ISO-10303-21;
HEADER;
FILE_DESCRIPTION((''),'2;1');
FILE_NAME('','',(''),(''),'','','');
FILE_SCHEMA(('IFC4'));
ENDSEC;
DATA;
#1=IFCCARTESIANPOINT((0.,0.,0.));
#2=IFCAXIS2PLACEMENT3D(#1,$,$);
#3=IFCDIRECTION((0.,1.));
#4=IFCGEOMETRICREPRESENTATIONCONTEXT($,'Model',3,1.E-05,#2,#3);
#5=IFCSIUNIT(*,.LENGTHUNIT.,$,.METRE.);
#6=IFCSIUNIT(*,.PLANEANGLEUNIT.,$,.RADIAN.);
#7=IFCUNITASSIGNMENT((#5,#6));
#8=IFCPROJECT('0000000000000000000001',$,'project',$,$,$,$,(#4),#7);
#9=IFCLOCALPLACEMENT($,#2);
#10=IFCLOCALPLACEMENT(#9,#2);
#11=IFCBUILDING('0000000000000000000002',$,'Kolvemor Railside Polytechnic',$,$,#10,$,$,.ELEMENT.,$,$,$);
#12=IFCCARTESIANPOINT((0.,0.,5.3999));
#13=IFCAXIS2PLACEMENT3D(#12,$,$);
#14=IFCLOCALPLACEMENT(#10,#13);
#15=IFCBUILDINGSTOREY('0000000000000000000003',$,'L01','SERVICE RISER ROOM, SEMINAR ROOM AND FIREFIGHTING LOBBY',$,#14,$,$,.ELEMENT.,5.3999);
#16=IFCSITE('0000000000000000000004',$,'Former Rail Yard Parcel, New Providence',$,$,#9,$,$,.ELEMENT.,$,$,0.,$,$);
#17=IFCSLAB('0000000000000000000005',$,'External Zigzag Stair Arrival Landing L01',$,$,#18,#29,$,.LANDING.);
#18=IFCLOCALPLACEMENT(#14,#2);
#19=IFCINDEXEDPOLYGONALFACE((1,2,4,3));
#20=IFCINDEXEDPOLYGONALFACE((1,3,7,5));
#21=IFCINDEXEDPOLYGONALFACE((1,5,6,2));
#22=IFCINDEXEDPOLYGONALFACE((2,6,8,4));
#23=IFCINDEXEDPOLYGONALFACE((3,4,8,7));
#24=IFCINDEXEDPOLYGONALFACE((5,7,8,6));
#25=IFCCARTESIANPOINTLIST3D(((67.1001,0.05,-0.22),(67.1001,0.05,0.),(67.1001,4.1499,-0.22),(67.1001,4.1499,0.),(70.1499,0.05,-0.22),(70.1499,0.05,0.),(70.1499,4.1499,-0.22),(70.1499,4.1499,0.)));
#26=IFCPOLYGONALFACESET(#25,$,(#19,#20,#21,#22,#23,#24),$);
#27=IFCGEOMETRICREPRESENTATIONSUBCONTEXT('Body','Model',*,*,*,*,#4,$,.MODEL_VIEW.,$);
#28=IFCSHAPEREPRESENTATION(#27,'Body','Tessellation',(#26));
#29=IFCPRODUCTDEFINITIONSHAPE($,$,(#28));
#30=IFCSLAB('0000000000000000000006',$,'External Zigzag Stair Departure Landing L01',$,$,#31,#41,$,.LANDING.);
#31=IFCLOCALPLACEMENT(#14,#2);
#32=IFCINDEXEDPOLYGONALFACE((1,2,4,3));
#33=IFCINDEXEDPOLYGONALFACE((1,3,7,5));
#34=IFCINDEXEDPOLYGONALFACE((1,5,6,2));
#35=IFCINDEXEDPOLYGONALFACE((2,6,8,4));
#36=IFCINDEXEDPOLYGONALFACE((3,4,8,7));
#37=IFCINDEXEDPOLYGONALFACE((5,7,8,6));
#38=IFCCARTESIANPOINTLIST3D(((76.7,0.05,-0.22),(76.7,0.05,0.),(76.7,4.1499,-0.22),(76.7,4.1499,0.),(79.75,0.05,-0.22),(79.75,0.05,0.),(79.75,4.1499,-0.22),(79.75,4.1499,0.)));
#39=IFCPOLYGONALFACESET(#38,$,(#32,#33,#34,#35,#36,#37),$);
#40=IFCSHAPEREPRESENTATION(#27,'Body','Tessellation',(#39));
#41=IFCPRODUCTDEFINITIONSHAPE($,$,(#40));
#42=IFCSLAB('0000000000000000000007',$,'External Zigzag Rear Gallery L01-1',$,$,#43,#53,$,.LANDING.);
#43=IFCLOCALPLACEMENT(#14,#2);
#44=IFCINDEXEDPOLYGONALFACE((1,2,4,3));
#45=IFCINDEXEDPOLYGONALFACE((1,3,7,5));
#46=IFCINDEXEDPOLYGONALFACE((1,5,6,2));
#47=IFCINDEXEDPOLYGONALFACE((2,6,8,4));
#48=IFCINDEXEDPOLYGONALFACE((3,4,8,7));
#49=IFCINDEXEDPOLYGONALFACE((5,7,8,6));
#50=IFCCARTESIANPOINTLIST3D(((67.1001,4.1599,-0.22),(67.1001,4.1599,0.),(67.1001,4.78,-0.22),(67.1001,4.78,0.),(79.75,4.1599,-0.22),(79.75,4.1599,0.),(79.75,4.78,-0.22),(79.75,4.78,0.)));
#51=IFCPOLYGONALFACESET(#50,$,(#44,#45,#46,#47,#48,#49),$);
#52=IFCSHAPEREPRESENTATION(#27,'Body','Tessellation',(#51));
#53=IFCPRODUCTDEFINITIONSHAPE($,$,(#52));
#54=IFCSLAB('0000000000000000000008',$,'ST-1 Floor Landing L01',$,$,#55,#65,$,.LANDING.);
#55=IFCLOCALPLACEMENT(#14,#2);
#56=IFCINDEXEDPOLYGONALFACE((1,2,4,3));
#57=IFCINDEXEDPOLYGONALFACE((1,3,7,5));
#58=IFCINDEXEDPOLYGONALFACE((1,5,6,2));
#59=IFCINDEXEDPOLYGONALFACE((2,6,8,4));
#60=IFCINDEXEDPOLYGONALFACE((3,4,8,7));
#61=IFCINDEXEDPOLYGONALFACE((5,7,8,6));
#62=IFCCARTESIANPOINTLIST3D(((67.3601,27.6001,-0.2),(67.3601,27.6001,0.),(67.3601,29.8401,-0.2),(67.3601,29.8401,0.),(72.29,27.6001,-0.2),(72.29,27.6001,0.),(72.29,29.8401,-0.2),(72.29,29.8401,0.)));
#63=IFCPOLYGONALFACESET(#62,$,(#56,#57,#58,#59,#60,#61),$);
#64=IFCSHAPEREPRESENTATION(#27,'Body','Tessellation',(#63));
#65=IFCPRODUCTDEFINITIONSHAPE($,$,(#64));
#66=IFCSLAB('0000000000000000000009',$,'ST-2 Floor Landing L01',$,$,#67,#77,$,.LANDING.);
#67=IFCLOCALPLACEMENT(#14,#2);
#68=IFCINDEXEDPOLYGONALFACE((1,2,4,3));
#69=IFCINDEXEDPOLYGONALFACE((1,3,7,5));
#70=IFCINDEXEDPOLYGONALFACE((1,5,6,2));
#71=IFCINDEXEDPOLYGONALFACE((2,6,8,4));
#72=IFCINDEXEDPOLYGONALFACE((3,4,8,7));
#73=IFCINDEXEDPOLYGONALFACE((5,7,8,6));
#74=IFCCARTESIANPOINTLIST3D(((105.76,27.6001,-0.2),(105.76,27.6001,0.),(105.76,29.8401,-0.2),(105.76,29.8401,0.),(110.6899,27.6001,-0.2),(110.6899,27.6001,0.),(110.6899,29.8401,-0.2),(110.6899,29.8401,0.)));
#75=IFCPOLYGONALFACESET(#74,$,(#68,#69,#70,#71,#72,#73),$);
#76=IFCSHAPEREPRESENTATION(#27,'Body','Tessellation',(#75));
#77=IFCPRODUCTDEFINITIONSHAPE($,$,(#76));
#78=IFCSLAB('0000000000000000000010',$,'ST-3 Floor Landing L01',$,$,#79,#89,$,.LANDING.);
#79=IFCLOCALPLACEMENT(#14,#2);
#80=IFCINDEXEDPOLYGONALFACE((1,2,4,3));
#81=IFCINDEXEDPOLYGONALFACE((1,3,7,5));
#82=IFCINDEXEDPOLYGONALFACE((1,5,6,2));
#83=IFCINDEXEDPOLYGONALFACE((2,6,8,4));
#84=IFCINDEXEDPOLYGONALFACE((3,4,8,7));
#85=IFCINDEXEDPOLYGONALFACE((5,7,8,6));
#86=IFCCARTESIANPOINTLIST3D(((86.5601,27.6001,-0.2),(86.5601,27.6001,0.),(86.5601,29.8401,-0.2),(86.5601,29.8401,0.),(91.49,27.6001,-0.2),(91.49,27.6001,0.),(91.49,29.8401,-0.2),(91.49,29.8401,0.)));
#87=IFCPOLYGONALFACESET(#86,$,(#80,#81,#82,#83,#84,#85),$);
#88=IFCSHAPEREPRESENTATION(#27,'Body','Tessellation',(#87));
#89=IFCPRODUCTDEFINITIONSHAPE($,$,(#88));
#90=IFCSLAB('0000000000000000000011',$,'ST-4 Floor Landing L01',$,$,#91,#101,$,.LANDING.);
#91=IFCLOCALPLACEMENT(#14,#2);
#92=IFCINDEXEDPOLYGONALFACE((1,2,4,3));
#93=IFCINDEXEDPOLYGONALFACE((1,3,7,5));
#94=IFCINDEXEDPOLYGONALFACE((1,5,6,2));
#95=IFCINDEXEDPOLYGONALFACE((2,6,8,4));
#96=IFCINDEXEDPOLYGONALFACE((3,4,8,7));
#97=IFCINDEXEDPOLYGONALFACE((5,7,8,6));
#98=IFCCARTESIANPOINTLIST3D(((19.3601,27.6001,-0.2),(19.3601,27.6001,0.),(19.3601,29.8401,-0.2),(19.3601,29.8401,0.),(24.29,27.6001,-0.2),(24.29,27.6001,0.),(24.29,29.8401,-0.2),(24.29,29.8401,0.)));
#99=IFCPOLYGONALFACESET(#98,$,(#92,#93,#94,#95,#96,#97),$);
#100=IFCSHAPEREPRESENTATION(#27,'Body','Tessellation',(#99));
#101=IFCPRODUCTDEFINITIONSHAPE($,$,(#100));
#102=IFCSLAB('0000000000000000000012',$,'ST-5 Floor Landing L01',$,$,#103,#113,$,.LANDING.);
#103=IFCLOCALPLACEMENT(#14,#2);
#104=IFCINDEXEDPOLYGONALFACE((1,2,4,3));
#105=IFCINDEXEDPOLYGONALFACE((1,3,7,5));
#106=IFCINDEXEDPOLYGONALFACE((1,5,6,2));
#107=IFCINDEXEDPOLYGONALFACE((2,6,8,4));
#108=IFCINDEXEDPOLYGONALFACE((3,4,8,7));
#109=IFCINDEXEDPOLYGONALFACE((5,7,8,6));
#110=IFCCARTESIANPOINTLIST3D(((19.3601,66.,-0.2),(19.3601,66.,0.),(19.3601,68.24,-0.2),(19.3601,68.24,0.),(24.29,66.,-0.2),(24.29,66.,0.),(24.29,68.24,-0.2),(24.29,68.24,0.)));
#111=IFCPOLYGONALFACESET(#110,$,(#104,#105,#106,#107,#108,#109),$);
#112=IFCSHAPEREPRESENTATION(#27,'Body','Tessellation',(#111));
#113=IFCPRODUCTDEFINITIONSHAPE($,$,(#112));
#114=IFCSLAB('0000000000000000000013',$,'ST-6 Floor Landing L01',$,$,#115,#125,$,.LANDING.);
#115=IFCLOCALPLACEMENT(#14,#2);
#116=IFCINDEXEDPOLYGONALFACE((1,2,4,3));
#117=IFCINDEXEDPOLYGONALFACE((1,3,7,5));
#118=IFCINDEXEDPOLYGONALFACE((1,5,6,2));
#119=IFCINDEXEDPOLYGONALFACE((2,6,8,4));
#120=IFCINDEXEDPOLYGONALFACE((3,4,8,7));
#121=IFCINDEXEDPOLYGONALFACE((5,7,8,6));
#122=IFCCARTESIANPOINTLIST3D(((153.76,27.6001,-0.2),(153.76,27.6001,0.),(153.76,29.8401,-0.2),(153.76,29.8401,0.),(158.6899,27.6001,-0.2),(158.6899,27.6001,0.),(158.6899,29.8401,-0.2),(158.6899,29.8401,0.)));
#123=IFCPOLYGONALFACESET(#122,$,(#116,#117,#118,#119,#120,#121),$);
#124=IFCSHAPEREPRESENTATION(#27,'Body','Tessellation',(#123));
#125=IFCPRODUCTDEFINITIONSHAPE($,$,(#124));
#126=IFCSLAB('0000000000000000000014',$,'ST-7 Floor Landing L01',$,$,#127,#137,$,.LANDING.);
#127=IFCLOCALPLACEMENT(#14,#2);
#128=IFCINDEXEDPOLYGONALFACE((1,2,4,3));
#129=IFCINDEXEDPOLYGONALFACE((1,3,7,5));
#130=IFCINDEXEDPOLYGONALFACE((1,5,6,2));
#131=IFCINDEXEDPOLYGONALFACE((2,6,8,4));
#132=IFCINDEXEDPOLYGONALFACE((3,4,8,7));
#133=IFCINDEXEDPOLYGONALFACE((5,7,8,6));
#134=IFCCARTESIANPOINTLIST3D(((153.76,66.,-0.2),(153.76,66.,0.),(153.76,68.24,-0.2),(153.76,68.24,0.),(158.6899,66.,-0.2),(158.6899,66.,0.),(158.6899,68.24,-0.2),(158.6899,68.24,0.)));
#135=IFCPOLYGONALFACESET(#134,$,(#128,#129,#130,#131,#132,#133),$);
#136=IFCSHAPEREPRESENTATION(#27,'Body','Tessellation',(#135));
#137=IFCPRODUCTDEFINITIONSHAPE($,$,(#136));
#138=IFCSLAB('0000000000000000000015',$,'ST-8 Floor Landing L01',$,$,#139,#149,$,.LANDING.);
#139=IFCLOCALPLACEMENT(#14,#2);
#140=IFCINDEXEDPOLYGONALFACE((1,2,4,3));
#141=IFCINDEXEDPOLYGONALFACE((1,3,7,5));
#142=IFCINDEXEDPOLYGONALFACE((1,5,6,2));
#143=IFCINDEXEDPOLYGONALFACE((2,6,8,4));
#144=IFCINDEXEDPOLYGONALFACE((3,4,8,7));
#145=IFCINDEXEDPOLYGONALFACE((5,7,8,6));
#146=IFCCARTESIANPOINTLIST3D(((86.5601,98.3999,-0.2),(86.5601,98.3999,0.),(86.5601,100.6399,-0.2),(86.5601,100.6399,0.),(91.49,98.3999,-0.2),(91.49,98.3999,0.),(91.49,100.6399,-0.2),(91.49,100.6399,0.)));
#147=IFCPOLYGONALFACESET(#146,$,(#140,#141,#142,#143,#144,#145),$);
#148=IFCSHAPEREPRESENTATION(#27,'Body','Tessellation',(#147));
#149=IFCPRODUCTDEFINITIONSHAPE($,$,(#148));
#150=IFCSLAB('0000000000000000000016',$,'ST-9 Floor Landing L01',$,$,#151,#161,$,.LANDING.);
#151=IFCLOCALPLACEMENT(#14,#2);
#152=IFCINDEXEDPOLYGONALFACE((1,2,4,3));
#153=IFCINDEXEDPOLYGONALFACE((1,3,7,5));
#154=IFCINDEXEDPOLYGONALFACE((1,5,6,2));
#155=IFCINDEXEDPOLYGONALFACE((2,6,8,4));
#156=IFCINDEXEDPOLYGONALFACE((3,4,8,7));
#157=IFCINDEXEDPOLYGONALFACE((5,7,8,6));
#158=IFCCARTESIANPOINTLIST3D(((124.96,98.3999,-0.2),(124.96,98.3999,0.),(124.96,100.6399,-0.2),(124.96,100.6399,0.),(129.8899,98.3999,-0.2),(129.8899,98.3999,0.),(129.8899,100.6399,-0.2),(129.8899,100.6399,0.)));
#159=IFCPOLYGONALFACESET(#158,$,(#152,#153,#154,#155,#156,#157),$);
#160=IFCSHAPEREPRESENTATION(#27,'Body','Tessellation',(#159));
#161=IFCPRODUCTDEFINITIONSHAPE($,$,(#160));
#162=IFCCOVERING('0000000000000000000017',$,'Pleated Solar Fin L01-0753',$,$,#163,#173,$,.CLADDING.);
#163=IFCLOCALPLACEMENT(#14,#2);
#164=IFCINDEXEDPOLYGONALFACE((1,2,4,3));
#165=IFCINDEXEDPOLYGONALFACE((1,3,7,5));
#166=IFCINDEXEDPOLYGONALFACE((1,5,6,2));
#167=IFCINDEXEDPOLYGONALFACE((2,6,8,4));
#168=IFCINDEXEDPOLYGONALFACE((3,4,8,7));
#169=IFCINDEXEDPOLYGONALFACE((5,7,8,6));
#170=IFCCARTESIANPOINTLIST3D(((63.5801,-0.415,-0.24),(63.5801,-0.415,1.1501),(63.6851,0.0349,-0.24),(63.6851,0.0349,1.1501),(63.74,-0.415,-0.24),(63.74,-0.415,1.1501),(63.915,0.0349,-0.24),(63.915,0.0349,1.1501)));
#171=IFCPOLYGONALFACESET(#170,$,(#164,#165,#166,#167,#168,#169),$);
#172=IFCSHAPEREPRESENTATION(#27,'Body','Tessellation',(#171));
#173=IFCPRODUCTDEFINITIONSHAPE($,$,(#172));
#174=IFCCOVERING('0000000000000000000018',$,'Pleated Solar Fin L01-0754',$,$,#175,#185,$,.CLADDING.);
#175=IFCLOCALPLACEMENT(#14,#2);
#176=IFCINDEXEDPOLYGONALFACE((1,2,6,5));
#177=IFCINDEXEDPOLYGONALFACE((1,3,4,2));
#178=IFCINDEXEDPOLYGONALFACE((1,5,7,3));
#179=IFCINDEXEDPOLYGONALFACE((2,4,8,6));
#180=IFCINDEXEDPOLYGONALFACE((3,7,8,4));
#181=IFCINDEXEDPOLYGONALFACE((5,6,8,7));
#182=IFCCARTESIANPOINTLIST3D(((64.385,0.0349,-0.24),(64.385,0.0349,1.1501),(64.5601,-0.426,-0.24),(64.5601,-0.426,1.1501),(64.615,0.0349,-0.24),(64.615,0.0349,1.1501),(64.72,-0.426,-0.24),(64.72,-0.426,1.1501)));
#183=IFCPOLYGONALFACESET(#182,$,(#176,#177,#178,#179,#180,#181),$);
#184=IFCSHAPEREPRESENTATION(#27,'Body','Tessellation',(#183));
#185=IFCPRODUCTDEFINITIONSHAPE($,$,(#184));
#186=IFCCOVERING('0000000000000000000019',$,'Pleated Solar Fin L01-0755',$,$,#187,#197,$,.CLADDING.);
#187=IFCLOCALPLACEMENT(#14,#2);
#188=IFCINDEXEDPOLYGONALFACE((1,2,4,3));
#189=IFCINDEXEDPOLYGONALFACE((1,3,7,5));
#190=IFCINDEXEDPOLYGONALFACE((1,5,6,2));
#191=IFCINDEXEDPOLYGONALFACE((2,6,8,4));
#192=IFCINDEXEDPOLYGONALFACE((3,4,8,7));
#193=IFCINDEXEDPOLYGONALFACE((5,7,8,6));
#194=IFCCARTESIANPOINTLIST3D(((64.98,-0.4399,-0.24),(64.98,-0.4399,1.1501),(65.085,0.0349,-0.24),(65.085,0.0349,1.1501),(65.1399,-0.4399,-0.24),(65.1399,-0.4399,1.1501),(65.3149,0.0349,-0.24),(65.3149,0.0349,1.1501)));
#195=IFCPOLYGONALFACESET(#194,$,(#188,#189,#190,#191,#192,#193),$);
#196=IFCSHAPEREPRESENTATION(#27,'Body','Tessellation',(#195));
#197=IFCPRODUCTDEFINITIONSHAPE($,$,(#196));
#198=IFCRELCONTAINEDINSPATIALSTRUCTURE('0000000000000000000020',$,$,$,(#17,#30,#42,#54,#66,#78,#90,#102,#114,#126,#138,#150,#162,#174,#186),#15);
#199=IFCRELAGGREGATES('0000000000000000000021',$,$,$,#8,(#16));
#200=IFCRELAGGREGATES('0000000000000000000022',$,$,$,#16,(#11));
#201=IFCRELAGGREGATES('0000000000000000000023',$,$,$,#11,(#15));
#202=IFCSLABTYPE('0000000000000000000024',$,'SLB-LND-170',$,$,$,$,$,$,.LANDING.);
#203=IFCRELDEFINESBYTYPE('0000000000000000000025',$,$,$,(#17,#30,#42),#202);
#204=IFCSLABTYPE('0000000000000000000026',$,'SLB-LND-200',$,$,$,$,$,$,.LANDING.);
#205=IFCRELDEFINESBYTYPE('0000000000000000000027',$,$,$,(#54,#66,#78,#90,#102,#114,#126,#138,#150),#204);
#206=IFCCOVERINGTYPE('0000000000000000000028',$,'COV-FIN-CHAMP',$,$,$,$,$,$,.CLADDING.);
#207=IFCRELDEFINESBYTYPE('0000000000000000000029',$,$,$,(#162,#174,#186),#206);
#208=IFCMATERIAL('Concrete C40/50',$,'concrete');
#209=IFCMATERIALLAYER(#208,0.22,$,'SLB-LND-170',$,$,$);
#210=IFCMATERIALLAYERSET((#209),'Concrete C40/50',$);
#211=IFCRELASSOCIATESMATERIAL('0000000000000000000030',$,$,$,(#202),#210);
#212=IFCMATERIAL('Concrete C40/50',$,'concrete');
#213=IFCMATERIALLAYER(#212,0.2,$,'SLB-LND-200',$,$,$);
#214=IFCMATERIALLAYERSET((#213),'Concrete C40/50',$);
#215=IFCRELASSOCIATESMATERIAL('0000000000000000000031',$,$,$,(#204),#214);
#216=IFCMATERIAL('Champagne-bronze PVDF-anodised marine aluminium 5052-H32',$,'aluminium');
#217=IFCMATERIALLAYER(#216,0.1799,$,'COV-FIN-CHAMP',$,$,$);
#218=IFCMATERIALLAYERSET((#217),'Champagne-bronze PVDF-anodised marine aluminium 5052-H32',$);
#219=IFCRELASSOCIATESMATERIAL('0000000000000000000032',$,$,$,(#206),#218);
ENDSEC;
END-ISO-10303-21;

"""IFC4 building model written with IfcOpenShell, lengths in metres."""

from ifc_helpers import new_model, si_unit, direction, frame, origin, place, context, subcontext, project, spatial, polyline, outline, extrude, material, layer, layer_set, type_object, element, save


model = new_model("IFC4")

# Units and contexts
model_context = context("Model", 3, precision=1e-05, world=origin(), true_north=direction((0.0, 1.0)))
body_context = subcontext(model_context, "Body", "Model", "MODEL_VIEW")
ifc_project = project(units=[si_unit("LENGTHUNIT", "METRE"), si_unit("PLANEANGLEUNIT", "RADIAN")], contexts=[model_context])

# Site, building, storey
site_placement = place(None, origin())
site = spatial("IfcSite", under=ifc_project, at=site_placement, Name="Former Rail Yard Parcel, New Providence", CompositionType="ELEMENT", RefElevation=0.0)
building_placement = place(site_placement, origin())
building = spatial("IfcBuilding", under=site, at=building_placement, Name="Kolvemor Railside Polytechnic", CompositionType="ELEMENT")
storey_placement = place(building_placement, frame((0.0, 0.0, 5.3999)))
storey = spatial("IfcBuildingStorey", under=building, at=storey_placement, Name="L01", Description="SERVICE RISER ROOM, SEMINAR ROOM AND FIREFIGHTING LOBBY", CompositionType="ELEMENT", Elevation=5.3999)

# Slabs
ifc_material_1 = material(Name="Concrete C40/50", Category="concrete")
ifc_layer_1 = layer(ifc_material_1, 0.22, Name="SLB-LND-170")
ifc_layer_set_1 = layer_set([ifc_layer_1], Name="Concrete C40/50")
slab_type_1 = type_object("IfcSlabType", Name="SLB-LND-170", PredefinedType="LANDING", material=ifc_layer_set_1)
slab_1_placement = place(storey_placement, frame((0.0, 0.0, -0.22)))
element("IfcSlab", 1, at=slab_1_placement, inside=storey, type_object=slab_type_1, Name="External Zigzag Stair Arrival Landing L01", PredefinedType="LANDING", context=body_context, shape_type="SweptSolid", body=[
    extrude(outline(polyline([(67.1001, 0.05), (70.1499, 0.05), (70.1499, 4.1499), (67.1001, 4.1499), (67.1001, 0.05)])), origin(), (0.0, 0.0, 1.0), 0.22),
])
slab_2_placement = place(storey_placement, frame((0.0, 0.0, -0.22)))
element("IfcSlab", 2, at=slab_2_placement, inside=storey, type_object=slab_type_1, Name="External Zigzag Stair Departure Landing L01", PredefinedType="LANDING", context=body_context, shape_type="SweptSolid", body=[
    extrude(outline(polyline([(76.7, 0.05), (79.75, 0.05), (79.75, 4.1499), (76.7, 4.1499), (76.7, 0.05)])), origin(), (0.0, 0.0, 1.0), 0.22),
])
slab_3_placement = place(storey_placement, frame((0.0, 0.0, -0.22)))
element("IfcSlab", 3, at=slab_3_placement, inside=storey, type_object=slab_type_1, Name="External Zigzag Rear Gallery L01-1", PredefinedType="LANDING", context=body_context, shape_type="SweptSolid", body=[
    extrude(outline(polyline([(67.1001, 4.1599), (79.75, 4.1599), (79.75, 4.78), (67.1001, 4.78), (67.1001, 4.1599)])), origin(), (0.0, 0.0, 1.0), 0.22),
])
ifc_material_2 = material(Name="Concrete C40/50", Category="concrete")
ifc_layer_2 = layer(ifc_material_2, 0.2, Name="SLB-LND-200")
ifc_layer_set_2 = layer_set([ifc_layer_2], Name="Concrete C40/50")
slab_type_2 = type_object("IfcSlabType", Name="SLB-LND-200", PredefinedType="LANDING", material=ifc_layer_set_2)
slab_4_placement = place(storey_placement, frame((0.0, 0.0, -0.2)))
element("IfcSlab", 4, at=slab_4_placement, inside=storey, type_object=slab_type_2, Name="ST-1 Floor Landing L01", PredefinedType="LANDING", context=body_context, shape_type="SweptSolid", body=[
    extrude(outline(polyline([(67.3601, 27.6001), (72.29, 27.6001), (72.29, 29.8401), (67.3601, 29.8401), (67.3601, 27.6001)])), origin(), (0.0, 0.0, 1.0), 0.2),
])
slab_5_placement = place(storey_placement, frame((0.0, 0.0, -0.2)))
element("IfcSlab", 5, at=slab_5_placement, inside=storey, type_object=slab_type_2, Name="ST-2 Floor Landing L01", PredefinedType="LANDING", context=body_context, shape_type="SweptSolid", body=[
    extrude(outline(polyline([(105.76, 27.6001), (110.6899, 27.6001), (110.6899, 29.8401), (105.76, 29.8401), (105.76, 27.6001)])), origin(), (0.0, 0.0, 1.0), 0.2),
])
slab_6_placement = place(storey_placement, frame((0.0, 0.0, -0.2)))
element("IfcSlab", 6, at=slab_6_placement, inside=storey, type_object=slab_type_2, Name="ST-3 Floor Landing L01", PredefinedType="LANDING", context=body_context, shape_type="SweptSolid", body=[
    extrude(outline(polyline([(86.5601, 27.6001), (91.49, 27.6001), (91.49, 29.8401), (86.5601, 29.8401), (86.5601, 27.6001)])), origin(), (0.0, 0.0, 1.0), 0.2),
])
slab_7_placement = place(storey_placement, frame((0.0, 0.0, -0.2)))
element("IfcSlab", 7, at=slab_7_placement, inside=storey, type_object=slab_type_2, Name="ST-4 Floor Landing L01", PredefinedType="LANDING", context=body_context, shape_type="SweptSolid", body=[
    extrude(outline(polyline([(19.3601, 27.6001), (24.29, 27.6001), (24.29, 29.8401), (19.3601, 29.8401), (19.3601, 27.6001)])), origin(), (0.0, 0.0, 1.0), 0.2),
])
slab_8_placement = place(storey_placement, frame((0.0, 0.0, -0.2)))
element("IfcSlab", 8, at=slab_8_placement, inside=storey, type_object=slab_type_2, Name="ST-5 Floor Landing L01", PredefinedType="LANDING", context=body_context, shape_type="SweptSolid", body=[
    extrude(outline(polyline([(19.3601, 66.0), (24.29, 66.0), (24.29, 68.24), (19.3601, 68.24), (19.3601, 66.0)])), origin(), (0.0, 0.0, 1.0), 0.2),
])
slab_9_placement = place(storey_placement, frame((0.0, 0.0, -0.2)))
element("IfcSlab", 9, at=slab_9_placement, inside=storey, type_object=slab_type_2, Name="ST-6 Floor Landing L01", PredefinedType="LANDING", context=body_context, shape_type="SweptSolid", body=[
    extrude(outline(polyline([(153.76, 27.6001), (158.6899, 27.6001), (158.6899, 29.8401), (153.76, 29.8401), (153.76, 27.6001)])), origin(), (0.0, 0.0, 1.0), 0.2),
])
slab_10_placement = place(storey_placement, frame((0.0, 0.0, -0.2)))
element("IfcSlab", 10, at=slab_10_placement, inside=storey, type_object=slab_type_2, Name="ST-7 Floor Landing L01", PredefinedType="LANDING", context=body_context, shape_type="SweptSolid", body=[
    extrude(outline(polyline([(153.76, 66.0), (158.6899, 66.0), (158.6899, 68.24), (153.76, 68.24), (153.76, 66.0)])), origin(), (0.0, 0.0, 1.0), 0.2),
])
slab_11_placement = place(storey_placement, frame((0.0, 0.0, -0.2)))
element("IfcSlab", 11, at=slab_11_placement, inside=storey, type_object=slab_type_2, Name="ST-8 Floor Landing L01", PredefinedType="LANDING", context=body_context, shape_type="SweptSolid", body=[
    extrude(outline(polyline([(86.5601, 98.3999), (91.49, 98.3999), (91.49, 100.6399), (86.5601, 100.6399), (86.5601, 98.3999)])), origin(), (0.0, 0.0, 1.0), 0.2),
])
slab_12_placement = place(storey_placement, frame((0.0, 0.0, -0.2)))
element("IfcSlab", 12, at=slab_12_placement, inside=storey, type_object=slab_type_2, Name="ST-9 Floor Landing L01", PredefinedType="LANDING", context=body_context, shape_type="SweptSolid", body=[
    extrude(outline(polyline([(124.96, 98.3999), (129.8899, 98.3999), (129.8899, 100.6399), (124.96, 100.6399), (124.96, 98.3999)])), origin(), (0.0, 0.0, 1.0), 0.2),
])

# Coverings
ifc_material_3 = material(Name="Champagne-bronze PVDF-anodised marine aluminium 5052-H32", Category="aluminium")
ifc_layer_3 = layer(ifc_material_3, 0.1799, Name="COV-FIN-CHAMP")
ifc_layer_set_3 = layer_set([ifc_layer_3], Name="Champagne-bronze PVDF-anodised marine aluminium 5052-H32")
covering_type_1 = type_object("IfcCoveringType", Name="COV-FIN-CHAMP", PredefinedType="CLADDING", material=ifc_layer_set_3)
covering_1_placement = place(storey_placement, frame((0.0, 0.0, -0.24)))
element("IfcCovering", 13, at=covering_1_placement, inside=storey, type_object=covering_type_1, Name="Pleated Solar Fin L01-0753", PredefinedType="CLADDING", context=body_context, shape_type="SweptSolid", body=[
    extrude(outline(polyline([(63.6851, 0.0349), (63.915, 0.0349), (63.74, -0.415), (63.5801, -0.415), (63.6851, 0.0349)])), origin(), (0.0, 0.0, 1.0), 1.3901),
])
covering_2_placement = place(storey_placement, frame((0.0, 0.0, -0.24)))
element("IfcCovering", 14, at=covering_2_placement, inside=storey, type_object=covering_type_1, Name="Pleated Solar Fin L01-0754", PredefinedType="CLADDING", context=body_context, shape_type="SweptSolid", body=[
    extrude(outline(polyline([(64.385, 0.0349), (64.615, 0.0349), (64.72, -0.426), (64.5601, -0.426), (64.385, 0.0349)])), origin(), (0.0, 0.0, 1.0), 1.3901),
])
covering_3_placement = place(storey_placement, frame((0.0, 0.0, -0.24)))
element("IfcCovering", 15, at=covering_3_placement, inside=storey, type_object=covering_type_1, Name="Pleated Solar Fin L01-0755", PredefinedType="CLADDING", context=body_context, shape_type="SweptSolid", body=[
    extrude(outline(polyline([(65.085, 0.0349), (65.3149, 0.0349), (65.1399, -0.4399), (64.98, -0.4399), (65.085, 0.0349)])), origin(), (0.0, 0.0, 1.0), 1.3901),
])

save(model, "model.ifc")
